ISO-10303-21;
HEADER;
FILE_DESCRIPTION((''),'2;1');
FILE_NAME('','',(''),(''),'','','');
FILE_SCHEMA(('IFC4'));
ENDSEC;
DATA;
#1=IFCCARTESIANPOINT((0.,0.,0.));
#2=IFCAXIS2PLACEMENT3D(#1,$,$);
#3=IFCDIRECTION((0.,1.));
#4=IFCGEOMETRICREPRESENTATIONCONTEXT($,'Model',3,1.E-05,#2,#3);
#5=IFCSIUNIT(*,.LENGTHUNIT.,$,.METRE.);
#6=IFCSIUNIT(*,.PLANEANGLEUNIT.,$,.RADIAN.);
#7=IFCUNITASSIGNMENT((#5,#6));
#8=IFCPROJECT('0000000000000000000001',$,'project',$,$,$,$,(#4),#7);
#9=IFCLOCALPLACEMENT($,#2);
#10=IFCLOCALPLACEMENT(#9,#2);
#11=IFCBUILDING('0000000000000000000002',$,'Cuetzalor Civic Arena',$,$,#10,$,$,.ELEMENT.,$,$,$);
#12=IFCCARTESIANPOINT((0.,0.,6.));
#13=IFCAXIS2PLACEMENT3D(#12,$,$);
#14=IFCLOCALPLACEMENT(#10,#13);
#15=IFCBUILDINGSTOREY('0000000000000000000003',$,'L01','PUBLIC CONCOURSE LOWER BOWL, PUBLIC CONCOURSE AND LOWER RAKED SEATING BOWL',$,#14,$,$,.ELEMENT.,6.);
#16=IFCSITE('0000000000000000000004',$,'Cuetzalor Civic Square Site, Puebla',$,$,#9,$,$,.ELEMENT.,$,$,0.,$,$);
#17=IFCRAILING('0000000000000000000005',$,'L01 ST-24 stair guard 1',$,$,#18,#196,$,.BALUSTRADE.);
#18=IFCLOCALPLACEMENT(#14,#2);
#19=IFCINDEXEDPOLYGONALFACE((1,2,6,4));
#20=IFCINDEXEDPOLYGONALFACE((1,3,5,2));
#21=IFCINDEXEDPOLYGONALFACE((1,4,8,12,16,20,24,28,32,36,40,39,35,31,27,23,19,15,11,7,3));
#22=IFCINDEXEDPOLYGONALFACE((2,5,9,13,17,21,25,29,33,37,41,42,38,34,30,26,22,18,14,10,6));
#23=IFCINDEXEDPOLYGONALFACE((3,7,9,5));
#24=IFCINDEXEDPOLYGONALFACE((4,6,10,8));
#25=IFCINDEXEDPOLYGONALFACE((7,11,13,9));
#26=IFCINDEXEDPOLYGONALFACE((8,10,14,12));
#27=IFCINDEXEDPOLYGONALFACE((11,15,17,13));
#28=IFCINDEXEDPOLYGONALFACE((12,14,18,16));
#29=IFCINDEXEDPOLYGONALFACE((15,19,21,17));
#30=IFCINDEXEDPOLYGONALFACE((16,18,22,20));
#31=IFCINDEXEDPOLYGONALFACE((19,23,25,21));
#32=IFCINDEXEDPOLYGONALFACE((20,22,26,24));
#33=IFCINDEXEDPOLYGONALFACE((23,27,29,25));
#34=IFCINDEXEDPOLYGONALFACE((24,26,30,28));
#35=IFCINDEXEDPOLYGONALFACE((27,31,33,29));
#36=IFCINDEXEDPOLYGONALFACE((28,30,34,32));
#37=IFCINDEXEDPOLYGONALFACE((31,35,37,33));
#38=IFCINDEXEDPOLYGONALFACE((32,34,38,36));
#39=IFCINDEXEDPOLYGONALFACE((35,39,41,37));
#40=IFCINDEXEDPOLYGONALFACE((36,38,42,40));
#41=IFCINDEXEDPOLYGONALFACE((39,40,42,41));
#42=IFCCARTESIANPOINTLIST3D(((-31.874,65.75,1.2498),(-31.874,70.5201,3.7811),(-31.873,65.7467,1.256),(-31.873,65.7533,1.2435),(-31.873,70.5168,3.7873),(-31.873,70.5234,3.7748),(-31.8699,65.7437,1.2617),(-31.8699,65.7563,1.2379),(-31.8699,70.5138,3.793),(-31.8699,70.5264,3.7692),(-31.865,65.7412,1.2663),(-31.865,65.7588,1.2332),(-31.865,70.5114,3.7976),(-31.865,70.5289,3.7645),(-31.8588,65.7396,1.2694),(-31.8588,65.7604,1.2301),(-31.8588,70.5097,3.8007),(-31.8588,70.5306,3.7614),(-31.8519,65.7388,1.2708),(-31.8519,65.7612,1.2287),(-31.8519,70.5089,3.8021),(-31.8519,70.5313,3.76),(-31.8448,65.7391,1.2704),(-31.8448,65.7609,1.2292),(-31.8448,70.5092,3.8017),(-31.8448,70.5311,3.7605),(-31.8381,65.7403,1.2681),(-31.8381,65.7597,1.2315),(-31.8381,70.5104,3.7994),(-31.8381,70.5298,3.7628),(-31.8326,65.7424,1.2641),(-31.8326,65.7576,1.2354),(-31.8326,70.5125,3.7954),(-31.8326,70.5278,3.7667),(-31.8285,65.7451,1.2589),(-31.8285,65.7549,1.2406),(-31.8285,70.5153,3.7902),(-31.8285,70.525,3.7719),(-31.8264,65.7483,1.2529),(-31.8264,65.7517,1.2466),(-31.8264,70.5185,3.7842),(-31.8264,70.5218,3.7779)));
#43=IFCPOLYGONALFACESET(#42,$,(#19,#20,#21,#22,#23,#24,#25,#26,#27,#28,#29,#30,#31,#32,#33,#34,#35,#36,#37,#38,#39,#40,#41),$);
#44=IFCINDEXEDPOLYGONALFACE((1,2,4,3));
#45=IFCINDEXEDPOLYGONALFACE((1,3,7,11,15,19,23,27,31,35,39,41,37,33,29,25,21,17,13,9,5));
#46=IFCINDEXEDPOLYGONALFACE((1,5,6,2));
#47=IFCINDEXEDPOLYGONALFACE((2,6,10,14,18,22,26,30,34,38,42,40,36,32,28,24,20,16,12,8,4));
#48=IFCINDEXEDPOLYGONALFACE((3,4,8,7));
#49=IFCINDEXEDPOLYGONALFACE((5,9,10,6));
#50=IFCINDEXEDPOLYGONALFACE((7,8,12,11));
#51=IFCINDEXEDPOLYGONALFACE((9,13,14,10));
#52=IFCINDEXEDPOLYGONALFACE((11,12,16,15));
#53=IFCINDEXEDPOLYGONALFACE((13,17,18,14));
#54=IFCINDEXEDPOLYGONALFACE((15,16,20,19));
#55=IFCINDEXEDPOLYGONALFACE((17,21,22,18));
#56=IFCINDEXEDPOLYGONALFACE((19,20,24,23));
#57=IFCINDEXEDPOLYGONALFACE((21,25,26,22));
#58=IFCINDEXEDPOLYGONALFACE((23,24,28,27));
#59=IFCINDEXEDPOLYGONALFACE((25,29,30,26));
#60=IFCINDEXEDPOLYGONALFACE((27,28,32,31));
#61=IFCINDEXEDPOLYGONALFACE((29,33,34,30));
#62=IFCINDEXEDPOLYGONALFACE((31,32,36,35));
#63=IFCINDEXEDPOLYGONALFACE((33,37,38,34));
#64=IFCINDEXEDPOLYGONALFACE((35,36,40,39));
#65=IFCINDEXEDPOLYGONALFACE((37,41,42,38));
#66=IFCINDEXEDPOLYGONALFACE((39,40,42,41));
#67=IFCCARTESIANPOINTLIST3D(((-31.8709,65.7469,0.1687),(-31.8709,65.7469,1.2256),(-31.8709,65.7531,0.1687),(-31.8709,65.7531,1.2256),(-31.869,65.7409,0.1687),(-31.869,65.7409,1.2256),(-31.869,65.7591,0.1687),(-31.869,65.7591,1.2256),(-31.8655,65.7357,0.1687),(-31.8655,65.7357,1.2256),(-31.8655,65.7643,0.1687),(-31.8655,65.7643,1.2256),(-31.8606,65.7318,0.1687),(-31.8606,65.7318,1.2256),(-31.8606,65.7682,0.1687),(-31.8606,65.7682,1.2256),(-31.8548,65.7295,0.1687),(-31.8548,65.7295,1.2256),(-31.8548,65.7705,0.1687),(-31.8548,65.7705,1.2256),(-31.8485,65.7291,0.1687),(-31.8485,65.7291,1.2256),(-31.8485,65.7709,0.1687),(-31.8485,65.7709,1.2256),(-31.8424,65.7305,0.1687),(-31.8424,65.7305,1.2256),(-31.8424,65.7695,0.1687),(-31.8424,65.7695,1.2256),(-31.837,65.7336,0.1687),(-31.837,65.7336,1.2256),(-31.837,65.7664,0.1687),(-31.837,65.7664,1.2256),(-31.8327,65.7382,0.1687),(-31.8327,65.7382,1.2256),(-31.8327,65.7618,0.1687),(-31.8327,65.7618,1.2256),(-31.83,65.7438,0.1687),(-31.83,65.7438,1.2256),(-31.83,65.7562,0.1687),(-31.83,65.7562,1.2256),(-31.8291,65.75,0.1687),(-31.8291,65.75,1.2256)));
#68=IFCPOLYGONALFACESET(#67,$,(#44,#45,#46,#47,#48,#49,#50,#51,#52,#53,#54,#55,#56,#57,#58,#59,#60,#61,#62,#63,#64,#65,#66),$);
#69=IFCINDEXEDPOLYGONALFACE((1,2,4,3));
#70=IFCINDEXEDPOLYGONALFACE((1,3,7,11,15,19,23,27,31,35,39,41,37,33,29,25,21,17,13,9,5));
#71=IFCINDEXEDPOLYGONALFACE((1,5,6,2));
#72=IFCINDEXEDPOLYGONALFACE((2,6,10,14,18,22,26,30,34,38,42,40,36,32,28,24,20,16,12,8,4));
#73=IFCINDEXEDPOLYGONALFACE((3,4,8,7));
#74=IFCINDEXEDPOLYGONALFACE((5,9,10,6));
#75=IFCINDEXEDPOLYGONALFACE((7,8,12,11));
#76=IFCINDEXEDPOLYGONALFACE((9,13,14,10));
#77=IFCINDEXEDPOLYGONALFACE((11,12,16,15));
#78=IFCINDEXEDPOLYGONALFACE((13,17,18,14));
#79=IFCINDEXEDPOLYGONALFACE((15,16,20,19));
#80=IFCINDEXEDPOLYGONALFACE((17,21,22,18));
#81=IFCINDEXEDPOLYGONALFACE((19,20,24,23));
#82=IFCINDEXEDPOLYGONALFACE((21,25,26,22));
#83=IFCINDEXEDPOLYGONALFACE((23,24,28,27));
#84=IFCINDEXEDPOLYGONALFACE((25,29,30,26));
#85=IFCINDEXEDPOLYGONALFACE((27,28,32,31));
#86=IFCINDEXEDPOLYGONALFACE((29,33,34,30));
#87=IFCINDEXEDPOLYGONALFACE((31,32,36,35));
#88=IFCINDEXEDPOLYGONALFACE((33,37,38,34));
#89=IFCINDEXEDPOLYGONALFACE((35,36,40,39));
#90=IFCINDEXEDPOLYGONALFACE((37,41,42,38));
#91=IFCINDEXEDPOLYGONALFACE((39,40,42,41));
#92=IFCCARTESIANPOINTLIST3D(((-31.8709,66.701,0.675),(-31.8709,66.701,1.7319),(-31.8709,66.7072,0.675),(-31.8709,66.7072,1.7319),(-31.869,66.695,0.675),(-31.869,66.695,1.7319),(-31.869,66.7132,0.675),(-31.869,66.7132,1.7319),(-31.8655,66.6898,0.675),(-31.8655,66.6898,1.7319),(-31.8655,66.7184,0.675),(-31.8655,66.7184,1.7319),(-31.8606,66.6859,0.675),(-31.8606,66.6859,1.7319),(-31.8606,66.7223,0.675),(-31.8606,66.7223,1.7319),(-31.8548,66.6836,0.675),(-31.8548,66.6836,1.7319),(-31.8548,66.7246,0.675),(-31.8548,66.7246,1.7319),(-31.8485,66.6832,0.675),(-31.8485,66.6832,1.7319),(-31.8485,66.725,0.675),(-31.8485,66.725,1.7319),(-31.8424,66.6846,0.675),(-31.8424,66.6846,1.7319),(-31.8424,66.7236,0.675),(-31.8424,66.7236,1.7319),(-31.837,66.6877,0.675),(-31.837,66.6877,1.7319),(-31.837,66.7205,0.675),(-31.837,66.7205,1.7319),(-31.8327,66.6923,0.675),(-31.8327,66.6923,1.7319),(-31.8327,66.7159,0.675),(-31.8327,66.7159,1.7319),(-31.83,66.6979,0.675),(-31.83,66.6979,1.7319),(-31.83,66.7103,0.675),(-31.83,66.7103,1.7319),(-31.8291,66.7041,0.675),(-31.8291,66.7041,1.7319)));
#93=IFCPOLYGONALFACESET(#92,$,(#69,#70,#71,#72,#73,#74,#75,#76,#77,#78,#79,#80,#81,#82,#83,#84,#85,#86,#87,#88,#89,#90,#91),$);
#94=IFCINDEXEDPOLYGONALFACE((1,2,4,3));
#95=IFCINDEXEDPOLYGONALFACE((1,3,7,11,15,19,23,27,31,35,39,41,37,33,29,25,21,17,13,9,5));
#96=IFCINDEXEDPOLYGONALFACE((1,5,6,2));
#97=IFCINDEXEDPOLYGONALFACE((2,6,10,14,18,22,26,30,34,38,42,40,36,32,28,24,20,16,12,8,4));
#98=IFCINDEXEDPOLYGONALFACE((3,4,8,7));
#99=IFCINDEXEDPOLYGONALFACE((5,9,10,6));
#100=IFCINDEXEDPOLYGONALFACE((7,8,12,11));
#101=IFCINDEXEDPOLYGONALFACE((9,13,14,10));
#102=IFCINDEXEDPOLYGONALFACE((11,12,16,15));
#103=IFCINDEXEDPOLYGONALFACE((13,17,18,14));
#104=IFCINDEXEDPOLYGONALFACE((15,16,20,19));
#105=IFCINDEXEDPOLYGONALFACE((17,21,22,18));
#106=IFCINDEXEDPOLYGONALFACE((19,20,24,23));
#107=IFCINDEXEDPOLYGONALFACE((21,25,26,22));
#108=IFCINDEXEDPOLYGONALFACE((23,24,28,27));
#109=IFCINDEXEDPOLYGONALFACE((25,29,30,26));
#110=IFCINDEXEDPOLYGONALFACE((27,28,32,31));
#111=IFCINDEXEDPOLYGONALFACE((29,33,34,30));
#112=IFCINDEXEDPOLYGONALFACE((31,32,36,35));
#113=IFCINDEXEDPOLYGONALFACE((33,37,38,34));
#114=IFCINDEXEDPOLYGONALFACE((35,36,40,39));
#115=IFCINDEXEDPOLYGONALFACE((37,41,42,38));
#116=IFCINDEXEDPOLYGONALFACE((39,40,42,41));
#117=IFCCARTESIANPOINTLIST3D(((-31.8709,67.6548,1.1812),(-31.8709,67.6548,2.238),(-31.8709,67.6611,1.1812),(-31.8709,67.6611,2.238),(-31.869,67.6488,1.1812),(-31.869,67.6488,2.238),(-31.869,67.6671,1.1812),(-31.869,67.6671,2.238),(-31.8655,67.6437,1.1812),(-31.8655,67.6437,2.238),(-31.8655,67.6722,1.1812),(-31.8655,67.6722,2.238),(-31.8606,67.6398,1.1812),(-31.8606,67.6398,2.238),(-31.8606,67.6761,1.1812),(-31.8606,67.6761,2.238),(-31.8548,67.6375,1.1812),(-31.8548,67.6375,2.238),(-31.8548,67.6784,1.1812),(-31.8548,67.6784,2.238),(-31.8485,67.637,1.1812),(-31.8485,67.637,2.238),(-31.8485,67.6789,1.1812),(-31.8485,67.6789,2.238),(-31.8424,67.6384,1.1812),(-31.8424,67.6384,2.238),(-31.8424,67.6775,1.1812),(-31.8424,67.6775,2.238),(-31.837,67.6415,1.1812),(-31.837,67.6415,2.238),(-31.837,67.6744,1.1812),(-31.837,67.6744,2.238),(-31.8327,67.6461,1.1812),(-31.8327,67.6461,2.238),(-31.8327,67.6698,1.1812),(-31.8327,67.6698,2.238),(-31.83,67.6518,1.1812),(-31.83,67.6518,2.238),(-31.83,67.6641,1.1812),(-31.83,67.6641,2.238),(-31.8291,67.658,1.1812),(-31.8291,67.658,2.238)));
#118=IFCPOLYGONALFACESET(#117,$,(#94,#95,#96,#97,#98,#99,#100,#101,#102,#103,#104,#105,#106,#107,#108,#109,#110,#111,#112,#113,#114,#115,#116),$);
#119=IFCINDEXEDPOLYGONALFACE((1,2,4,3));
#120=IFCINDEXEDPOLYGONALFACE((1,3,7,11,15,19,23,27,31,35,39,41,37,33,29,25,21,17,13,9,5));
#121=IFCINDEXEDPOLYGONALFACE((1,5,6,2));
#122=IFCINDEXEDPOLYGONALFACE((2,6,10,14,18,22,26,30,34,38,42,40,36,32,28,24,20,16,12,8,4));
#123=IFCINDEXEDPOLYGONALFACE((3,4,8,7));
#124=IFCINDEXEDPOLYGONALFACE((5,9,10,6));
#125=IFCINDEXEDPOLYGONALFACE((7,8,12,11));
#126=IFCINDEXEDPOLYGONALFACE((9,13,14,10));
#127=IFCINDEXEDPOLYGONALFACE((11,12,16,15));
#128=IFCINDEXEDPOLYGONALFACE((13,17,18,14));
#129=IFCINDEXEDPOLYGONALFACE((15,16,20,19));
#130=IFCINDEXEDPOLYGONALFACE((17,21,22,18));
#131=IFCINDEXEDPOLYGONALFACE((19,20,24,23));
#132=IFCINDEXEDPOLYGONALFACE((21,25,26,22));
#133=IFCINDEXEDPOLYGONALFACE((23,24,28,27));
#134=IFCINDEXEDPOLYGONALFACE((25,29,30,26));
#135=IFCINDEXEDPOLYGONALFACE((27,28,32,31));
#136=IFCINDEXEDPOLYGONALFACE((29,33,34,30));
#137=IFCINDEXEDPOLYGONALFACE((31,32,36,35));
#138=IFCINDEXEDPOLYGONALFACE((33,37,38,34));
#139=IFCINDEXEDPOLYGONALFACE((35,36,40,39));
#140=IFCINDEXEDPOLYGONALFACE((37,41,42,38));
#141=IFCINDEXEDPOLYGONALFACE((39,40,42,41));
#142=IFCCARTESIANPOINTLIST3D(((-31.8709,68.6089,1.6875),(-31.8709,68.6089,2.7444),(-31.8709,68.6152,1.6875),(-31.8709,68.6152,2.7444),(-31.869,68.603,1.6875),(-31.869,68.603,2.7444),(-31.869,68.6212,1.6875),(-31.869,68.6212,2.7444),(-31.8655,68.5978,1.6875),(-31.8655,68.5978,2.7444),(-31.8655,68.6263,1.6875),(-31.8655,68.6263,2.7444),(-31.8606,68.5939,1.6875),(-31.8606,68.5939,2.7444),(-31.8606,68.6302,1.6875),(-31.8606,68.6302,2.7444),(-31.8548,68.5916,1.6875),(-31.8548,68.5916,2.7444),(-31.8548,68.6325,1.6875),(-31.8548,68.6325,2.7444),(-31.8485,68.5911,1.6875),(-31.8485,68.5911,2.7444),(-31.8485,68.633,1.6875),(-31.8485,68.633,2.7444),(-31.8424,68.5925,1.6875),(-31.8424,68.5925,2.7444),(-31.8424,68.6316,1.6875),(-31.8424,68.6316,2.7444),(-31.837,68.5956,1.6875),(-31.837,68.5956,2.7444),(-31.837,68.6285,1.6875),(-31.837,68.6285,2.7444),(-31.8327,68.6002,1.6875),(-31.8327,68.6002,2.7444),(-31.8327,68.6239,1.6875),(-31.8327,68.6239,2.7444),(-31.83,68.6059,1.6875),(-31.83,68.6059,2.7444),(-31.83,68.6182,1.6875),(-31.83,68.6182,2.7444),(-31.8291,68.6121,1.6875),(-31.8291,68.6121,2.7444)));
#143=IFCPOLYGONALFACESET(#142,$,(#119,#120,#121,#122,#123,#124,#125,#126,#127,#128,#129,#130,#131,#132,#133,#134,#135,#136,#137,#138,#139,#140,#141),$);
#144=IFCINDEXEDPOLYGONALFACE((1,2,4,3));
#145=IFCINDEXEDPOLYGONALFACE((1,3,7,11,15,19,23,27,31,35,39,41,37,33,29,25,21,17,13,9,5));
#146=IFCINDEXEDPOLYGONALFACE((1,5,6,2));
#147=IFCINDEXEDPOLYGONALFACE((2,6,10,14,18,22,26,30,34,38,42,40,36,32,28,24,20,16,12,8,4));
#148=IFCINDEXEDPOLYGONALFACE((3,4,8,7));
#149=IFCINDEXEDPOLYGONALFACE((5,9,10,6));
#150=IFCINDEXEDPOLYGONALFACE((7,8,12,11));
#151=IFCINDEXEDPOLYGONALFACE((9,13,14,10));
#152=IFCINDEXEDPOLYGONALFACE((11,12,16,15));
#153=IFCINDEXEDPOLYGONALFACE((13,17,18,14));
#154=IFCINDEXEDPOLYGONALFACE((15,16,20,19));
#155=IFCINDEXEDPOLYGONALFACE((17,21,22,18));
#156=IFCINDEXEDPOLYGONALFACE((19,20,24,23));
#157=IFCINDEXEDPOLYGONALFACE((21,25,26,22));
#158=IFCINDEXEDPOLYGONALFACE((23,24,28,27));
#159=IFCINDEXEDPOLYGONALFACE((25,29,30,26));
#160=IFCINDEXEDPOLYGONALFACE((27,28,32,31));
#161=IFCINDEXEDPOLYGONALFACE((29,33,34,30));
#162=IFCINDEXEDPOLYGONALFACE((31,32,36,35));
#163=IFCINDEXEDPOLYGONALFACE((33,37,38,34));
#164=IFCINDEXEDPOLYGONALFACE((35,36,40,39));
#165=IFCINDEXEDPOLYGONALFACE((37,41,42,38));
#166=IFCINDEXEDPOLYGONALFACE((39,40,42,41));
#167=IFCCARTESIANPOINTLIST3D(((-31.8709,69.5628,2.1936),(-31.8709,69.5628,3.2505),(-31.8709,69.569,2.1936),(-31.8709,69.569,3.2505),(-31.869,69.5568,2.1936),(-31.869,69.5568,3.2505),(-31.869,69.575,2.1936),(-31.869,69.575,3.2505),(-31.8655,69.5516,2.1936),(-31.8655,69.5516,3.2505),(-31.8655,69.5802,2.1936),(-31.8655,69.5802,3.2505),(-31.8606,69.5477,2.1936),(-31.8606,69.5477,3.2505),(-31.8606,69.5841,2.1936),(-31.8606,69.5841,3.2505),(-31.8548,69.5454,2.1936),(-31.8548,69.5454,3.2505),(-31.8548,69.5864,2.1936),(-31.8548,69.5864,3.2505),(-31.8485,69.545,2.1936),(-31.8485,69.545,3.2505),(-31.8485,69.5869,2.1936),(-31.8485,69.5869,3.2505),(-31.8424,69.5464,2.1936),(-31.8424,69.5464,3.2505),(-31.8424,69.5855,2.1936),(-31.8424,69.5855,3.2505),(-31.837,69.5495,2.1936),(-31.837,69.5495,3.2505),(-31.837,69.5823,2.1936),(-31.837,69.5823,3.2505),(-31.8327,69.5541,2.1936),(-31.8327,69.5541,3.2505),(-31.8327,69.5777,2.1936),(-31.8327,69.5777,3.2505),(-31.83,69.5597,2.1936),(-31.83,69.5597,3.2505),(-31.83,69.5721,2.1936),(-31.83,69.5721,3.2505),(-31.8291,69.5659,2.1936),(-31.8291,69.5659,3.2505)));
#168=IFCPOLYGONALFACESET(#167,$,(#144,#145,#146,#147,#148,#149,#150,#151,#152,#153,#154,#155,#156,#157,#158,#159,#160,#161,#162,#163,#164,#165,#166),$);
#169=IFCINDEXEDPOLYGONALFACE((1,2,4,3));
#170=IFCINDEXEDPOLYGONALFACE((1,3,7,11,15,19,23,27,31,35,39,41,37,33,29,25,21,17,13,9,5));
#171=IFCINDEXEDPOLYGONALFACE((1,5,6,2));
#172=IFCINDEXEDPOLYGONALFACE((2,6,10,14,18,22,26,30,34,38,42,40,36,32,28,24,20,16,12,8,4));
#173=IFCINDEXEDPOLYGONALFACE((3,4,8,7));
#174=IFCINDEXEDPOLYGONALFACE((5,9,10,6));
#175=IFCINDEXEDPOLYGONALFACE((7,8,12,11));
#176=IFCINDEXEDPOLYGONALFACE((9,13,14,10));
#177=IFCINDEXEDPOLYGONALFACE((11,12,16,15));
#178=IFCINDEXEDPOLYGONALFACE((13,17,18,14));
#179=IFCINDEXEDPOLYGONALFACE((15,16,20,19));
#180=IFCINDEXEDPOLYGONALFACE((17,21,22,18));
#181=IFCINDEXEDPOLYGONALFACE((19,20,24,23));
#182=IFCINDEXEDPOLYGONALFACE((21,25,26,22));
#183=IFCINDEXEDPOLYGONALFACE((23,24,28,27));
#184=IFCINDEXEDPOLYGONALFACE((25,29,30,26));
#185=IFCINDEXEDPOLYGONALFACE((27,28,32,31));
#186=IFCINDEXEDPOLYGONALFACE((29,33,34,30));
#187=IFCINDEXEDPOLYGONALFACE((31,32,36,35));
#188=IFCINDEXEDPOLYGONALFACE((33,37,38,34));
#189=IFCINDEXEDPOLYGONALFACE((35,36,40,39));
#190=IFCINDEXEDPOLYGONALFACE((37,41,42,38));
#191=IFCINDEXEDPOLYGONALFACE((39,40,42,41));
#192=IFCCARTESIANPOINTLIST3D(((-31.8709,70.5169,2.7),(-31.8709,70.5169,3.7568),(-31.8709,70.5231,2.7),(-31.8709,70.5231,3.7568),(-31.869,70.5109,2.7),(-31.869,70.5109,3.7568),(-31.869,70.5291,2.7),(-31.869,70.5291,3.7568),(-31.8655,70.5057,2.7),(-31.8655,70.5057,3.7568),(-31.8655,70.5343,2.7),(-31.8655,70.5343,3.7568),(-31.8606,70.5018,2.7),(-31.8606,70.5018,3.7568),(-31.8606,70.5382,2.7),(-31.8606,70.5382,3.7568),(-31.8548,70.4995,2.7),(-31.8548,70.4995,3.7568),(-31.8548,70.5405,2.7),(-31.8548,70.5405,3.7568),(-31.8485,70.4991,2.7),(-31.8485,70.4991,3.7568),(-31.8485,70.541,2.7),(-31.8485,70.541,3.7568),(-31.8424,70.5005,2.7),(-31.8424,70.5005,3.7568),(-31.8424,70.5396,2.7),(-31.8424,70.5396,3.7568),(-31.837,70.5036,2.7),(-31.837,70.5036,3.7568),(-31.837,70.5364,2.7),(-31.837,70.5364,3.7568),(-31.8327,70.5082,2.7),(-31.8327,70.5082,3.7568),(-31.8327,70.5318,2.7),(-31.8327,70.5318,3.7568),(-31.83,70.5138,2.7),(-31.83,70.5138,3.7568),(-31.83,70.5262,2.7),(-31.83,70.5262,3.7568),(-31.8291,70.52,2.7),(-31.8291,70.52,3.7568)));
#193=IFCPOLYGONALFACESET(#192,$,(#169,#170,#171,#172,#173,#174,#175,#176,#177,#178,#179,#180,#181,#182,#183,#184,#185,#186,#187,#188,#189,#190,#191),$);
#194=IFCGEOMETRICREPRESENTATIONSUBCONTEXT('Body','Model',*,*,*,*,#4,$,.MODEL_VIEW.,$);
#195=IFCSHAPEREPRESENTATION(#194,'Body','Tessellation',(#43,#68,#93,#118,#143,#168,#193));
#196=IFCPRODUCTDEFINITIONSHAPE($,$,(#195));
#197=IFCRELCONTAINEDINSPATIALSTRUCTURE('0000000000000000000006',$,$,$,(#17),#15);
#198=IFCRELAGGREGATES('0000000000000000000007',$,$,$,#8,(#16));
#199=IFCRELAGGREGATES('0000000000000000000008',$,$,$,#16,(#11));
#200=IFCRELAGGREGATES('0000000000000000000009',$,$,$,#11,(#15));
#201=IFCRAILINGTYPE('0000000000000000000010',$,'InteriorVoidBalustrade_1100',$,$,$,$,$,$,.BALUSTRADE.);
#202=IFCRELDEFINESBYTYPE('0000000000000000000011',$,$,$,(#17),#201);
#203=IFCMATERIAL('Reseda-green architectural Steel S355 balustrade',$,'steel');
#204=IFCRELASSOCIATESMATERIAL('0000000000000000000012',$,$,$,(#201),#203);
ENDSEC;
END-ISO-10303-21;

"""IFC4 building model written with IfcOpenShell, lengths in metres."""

from ifc_helpers import new_model, si_unit, direction, frame, origin, origin_2d, place, context, subcontext, project, spatial, circle, extrude, material, type_object, element, save


model = new_model("IFC4")

# Units and contexts
model_context = context("Model", 3, precision=1e-05, world=origin(), true_north=direction((0.0, 1.0)))
body_context = subcontext(model_context, "Body", "Model", "MODEL_VIEW")
ifc_project = project(units=[si_unit("LENGTHUNIT", "METRE"), si_unit("PLANEANGLEUNIT", "RADIAN")], contexts=[model_context])

# Site, building, storey
site_placement = place(None, origin())
site = spatial("IfcSite", under=ifc_project, at=site_placement, Name="Cuetzalor Civic Square Site, Puebla", CompositionType="ELEMENT", RefElevation=0.0)
building_placement = place(site_placement, origin())
building = spatial("IfcBuilding", under=site, at=building_placement, Name="Cuetzalor Civic Arena", CompositionType="ELEMENT")
storey_placement = place(building_placement, frame((0.0, 0.0, 6.0)))
storey = spatial("IfcBuildingStorey", under=building, at=storey_placement, Name="L01", Description="PUBLIC CONCOURSE LOWER BOWL, PUBLIC CONCOURSE AND LOWER RAKED SEATING BOWL", CompositionType="ELEMENT", Elevation=6.0)

# Railing
ifc_material_1 = material(Name="Reseda-green architectural Steel S355 balustrade", Category="steel")
railing_type_1 = type_object("IfcRailingType", Name="InteriorVoidBalustrade_1100", PredefinedType="BALUSTRADE", material=ifc_material_1)
railing_1_placement = place(storey_placement, frame((-31.8501, 65.75, 0.1687)))
element("IfcRailing", 1, at=railing_1_placement, inside=storey, type_object=railing_type_1, Name="L01 ST-24 stair guard 1", PredefinedType="BALUSTRADE", context=body_context, shape_type="SweptSolid", body=[
    extrude(circle(Radius=0.0239, at=origin_2d()), frame((0.0, 0.0, 1.0811), z_axis=(0.0, 0.883332, 0.468747), x_axis=(-1.0, 0.0, 0.0)), (0.0, 0.0, 1.0), 5.4001),
    extrude(circle(Radius=0.021, at=origin_2d()), origin(), (0.0, 0.0, 1.0), 1.0569),
    extrude(circle(Radius=0.021, at=origin_2d()), frame((0.0, 0.9541, 0.5063)), (0.0, 0.0, 1.0), 1.0569),
    extrude(circle(Radius=0.021, at=origin_2d()), frame((0.0, 1.908, 1.0125)), (0.0, 0.0, 1.0), 1.0569),
    extrude(circle(Radius=0.021, at=origin_2d()), frame((0.0, 2.8621, 1.5188)), (0.0, 0.0, 1.0), 1.0569),
    extrude(circle(Radius=0.021, at=origin_2d()), frame((0.0, 3.8159, 2.0249)), (0.0, 0.0, 1.0), 1.0569),
    extrude(circle(Radius=0.021, at=origin_2d()), frame((0.0, 4.77, 2.5312)), (0.0, 0.0, 1.0), 1.0569),
])

save(model, "model.ifc")
